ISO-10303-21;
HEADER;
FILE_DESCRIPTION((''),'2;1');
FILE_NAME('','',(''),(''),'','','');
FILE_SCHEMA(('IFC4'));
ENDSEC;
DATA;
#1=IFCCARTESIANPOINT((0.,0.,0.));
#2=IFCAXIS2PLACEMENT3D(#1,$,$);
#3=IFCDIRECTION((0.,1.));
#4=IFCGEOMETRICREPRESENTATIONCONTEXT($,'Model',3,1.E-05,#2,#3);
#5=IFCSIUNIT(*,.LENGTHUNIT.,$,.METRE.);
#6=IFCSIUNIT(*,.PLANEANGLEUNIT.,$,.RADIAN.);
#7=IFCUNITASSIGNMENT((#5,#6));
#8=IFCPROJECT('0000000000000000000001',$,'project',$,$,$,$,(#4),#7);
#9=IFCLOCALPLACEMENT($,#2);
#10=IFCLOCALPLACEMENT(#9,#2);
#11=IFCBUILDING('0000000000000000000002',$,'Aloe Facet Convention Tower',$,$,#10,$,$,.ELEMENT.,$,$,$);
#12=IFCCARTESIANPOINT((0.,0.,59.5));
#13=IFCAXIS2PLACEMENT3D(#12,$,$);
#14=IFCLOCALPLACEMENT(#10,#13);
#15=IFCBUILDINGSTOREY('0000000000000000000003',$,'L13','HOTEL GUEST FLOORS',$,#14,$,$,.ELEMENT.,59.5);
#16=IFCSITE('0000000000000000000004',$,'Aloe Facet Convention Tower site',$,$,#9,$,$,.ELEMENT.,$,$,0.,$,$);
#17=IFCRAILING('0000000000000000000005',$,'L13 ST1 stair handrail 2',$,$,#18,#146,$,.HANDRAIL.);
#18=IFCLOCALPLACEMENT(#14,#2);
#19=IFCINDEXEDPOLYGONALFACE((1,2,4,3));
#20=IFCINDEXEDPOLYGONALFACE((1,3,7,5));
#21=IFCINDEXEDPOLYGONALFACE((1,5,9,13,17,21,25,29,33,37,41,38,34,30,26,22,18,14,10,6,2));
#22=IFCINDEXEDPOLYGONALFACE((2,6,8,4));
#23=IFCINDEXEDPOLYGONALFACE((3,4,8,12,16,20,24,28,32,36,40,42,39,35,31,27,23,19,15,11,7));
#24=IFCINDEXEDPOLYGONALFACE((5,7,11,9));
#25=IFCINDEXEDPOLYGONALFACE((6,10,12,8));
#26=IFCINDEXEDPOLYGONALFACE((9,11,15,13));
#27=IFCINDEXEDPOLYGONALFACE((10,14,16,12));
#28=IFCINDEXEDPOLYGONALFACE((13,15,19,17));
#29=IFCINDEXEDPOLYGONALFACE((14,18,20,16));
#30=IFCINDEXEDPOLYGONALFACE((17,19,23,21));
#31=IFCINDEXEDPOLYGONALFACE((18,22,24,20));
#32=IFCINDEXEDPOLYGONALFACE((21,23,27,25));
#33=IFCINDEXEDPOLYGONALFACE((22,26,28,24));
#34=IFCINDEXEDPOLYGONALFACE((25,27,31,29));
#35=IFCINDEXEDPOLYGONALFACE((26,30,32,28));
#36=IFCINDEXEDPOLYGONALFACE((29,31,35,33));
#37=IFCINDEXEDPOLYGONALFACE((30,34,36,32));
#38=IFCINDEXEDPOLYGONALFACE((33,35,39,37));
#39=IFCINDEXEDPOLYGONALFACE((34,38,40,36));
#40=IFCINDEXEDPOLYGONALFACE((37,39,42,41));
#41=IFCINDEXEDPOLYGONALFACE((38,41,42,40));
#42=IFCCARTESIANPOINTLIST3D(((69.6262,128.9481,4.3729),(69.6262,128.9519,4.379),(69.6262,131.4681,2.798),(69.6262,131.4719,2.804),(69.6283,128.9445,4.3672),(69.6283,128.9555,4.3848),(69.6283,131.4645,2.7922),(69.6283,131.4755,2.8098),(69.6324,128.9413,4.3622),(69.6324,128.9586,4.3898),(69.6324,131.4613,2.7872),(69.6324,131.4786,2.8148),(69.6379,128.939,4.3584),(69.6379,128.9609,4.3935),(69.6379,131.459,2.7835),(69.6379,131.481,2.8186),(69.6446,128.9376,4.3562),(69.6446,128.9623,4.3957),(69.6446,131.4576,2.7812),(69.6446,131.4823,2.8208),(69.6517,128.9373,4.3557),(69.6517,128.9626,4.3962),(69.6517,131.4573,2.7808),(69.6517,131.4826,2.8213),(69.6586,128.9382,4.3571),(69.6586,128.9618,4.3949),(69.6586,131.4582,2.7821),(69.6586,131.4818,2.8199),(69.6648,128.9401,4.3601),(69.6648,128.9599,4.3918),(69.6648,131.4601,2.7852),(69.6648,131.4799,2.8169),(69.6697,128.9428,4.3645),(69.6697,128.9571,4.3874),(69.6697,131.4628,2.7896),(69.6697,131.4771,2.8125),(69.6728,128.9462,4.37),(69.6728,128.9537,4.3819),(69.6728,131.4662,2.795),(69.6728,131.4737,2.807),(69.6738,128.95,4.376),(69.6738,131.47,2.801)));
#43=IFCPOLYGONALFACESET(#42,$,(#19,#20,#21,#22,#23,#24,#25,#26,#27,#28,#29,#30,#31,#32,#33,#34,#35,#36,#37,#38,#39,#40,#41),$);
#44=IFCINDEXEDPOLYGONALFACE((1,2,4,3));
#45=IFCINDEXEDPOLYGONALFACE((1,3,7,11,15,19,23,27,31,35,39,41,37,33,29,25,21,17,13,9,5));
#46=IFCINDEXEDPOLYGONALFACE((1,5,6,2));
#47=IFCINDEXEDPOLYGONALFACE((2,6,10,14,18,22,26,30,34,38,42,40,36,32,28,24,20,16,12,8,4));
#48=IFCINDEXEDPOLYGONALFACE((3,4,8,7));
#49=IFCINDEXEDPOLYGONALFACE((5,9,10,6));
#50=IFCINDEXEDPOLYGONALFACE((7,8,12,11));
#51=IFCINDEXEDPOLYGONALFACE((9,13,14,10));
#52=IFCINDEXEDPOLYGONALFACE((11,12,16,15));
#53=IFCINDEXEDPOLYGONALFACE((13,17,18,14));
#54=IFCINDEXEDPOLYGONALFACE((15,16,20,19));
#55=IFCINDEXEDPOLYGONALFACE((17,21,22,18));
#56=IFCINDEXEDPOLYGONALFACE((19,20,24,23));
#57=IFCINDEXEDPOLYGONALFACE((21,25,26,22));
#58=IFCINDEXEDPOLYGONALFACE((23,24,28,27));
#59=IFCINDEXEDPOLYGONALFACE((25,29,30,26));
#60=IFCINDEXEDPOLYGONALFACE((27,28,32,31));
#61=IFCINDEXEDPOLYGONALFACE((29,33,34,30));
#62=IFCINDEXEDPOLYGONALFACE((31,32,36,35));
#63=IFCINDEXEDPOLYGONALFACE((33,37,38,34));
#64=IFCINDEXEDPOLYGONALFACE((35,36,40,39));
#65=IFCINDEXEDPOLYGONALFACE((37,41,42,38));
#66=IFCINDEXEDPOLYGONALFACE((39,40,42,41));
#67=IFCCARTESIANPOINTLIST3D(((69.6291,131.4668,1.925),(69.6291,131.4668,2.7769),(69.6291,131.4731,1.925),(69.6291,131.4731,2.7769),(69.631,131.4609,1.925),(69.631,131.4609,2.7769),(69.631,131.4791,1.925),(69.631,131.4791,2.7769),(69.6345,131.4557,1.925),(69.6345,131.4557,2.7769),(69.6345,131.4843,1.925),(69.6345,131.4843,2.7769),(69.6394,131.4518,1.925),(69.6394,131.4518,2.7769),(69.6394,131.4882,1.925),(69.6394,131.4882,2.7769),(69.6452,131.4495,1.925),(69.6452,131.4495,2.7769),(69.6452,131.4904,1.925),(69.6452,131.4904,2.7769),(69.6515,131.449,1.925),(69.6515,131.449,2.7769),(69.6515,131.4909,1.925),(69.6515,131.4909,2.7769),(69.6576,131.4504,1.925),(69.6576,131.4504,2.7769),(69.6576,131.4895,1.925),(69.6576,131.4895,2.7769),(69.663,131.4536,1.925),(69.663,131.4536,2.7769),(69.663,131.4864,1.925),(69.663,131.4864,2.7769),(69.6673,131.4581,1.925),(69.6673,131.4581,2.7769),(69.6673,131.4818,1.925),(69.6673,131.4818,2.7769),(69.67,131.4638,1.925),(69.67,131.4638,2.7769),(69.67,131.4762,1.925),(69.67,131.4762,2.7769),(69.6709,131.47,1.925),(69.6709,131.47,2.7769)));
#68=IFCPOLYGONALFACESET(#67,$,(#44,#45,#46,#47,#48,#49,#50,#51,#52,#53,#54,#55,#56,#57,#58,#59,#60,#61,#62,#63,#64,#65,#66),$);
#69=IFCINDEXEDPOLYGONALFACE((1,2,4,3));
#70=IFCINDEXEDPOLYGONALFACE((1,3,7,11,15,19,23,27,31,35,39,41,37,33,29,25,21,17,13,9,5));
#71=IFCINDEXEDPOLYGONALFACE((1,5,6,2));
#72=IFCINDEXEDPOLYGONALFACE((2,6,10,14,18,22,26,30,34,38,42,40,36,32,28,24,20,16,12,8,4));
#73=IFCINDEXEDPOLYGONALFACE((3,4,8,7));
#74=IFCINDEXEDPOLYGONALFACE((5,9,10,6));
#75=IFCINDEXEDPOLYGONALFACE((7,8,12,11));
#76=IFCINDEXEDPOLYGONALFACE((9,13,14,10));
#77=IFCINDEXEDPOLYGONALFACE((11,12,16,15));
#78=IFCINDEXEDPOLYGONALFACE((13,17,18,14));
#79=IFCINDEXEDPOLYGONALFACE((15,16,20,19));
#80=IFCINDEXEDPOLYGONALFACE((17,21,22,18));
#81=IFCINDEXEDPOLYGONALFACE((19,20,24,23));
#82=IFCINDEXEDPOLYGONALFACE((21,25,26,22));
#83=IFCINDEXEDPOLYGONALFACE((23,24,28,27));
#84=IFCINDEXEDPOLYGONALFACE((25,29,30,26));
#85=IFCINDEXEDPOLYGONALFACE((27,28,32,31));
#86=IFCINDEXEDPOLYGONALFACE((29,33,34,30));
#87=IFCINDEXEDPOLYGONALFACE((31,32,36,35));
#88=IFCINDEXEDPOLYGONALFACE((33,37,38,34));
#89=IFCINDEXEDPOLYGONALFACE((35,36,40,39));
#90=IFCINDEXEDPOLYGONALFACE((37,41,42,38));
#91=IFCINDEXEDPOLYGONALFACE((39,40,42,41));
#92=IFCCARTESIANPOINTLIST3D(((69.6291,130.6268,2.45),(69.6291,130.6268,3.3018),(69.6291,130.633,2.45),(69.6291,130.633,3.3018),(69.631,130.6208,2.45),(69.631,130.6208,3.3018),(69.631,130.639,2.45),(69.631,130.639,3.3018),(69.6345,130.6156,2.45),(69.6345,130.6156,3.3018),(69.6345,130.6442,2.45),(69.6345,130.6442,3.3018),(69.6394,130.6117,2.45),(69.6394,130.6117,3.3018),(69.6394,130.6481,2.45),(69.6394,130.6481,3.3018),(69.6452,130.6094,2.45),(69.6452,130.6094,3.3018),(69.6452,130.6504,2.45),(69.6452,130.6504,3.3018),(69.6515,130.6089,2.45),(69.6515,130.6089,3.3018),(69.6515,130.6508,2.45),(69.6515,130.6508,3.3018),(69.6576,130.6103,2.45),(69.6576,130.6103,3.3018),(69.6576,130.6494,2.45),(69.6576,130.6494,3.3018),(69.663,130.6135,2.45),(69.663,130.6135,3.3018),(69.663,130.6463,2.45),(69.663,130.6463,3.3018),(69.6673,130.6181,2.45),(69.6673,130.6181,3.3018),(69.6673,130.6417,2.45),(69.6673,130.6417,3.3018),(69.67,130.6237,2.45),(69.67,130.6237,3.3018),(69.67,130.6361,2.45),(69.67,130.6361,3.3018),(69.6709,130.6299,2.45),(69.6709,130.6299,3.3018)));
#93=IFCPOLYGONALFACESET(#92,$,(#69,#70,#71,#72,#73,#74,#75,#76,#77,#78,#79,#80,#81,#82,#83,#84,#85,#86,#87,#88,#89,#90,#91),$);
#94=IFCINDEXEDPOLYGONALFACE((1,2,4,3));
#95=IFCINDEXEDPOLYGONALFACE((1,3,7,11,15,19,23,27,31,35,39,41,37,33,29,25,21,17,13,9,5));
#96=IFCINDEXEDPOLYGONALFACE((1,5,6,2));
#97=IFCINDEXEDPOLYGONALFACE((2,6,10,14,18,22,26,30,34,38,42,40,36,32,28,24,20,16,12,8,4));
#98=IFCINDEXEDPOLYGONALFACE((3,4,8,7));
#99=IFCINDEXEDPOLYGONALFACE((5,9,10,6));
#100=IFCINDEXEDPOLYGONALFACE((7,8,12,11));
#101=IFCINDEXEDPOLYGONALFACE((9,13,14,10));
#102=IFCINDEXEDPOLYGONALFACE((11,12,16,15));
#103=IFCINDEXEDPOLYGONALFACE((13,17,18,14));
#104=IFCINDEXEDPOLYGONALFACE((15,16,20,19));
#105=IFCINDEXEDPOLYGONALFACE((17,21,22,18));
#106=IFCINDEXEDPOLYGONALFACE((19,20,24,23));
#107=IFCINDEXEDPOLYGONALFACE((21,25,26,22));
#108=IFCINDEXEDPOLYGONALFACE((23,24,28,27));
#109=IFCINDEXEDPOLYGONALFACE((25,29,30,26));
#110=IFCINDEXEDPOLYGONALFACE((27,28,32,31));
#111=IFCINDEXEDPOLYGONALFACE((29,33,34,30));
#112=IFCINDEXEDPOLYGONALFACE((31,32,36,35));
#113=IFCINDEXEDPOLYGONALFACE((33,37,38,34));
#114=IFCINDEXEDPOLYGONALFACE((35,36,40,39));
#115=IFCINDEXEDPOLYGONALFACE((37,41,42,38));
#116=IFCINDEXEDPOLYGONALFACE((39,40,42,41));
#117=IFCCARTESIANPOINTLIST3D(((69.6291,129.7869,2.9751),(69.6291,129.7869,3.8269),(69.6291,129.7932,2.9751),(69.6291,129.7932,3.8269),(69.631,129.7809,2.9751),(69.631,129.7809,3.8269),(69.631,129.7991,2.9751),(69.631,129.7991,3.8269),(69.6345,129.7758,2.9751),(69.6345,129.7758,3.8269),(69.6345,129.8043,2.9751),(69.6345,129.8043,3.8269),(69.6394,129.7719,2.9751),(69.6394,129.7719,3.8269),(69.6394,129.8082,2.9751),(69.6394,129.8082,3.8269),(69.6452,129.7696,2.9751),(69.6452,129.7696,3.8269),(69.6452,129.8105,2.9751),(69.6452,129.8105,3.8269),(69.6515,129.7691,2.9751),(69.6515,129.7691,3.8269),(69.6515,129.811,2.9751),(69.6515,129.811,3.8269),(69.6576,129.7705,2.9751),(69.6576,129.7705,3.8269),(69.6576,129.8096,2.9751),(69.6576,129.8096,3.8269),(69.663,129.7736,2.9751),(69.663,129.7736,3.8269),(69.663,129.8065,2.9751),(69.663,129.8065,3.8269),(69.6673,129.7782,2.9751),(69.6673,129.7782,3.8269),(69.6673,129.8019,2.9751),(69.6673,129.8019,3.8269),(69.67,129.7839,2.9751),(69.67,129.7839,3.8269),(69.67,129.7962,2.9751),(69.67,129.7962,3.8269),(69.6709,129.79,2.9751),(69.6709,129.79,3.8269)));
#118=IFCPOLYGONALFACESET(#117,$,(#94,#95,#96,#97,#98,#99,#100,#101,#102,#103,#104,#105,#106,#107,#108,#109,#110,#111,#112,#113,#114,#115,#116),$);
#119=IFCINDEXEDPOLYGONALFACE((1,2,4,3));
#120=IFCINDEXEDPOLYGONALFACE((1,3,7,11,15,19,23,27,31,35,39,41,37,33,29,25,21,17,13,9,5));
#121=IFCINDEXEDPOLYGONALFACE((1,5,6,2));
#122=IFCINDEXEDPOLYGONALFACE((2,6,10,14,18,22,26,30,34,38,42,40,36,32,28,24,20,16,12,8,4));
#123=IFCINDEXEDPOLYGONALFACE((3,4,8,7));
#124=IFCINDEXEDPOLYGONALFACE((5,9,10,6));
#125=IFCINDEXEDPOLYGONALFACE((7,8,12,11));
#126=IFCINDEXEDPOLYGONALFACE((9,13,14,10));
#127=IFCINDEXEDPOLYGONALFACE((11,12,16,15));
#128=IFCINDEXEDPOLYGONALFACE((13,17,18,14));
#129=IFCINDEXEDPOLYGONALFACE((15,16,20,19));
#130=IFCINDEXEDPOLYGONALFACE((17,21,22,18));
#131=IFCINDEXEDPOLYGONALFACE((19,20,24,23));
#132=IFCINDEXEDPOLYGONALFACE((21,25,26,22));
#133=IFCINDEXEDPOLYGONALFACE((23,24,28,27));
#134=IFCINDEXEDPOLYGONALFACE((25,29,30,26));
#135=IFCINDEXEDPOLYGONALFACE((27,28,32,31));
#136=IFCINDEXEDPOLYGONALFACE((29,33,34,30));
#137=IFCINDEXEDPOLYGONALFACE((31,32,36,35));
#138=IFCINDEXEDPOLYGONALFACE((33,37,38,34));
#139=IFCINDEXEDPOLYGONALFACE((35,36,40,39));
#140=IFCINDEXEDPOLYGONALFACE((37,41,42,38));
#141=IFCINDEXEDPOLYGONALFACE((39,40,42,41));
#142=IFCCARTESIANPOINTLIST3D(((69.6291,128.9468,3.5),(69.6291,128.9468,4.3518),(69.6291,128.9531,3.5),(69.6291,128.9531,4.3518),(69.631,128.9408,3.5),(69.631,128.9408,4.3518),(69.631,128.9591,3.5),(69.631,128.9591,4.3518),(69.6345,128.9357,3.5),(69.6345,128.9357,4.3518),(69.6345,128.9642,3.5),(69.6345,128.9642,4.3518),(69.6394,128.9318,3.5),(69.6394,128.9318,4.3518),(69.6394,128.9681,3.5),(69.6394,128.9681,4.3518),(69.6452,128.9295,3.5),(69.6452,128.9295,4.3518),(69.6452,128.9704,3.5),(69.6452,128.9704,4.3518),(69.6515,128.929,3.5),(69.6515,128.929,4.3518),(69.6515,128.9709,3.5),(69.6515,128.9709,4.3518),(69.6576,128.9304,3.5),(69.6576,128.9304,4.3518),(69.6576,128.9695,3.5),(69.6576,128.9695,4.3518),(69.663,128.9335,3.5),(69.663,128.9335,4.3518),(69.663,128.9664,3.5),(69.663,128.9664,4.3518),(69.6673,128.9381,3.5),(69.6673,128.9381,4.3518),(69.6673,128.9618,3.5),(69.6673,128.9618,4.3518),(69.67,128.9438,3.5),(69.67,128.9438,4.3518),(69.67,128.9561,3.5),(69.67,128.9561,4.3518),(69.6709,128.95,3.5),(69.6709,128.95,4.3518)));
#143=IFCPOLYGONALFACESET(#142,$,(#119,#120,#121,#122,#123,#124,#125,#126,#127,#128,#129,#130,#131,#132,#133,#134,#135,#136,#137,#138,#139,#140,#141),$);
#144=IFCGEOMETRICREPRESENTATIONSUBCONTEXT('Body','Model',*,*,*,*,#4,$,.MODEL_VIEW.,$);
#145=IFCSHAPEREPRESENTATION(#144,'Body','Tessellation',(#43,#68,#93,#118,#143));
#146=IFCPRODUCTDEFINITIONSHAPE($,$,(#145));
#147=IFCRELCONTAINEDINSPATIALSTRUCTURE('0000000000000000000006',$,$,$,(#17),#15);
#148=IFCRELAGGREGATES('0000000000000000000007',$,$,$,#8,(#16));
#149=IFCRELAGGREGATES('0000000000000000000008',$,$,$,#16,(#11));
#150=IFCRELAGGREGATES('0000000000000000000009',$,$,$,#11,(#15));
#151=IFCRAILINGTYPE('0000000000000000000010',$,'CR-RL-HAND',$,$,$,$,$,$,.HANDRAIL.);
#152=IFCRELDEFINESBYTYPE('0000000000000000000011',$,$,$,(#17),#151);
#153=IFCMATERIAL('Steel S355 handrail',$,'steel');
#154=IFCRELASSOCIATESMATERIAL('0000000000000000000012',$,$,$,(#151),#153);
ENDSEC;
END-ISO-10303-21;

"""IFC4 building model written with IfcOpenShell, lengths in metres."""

from ifc_helpers import new_model, si_unit, direction, frame, origin, origin_2d, place, context, subcontext, project, spatial, circle, extrude, material, type_object, element, save


model = new_model("IFC4")

# Units and contexts
model_context = context("Model", 3, precision=1e-05, world=origin(), true_north=direction((0.0, 1.0)))
body_context = subcontext(model_context, "Body", "Model", "MODEL_VIEW")
ifc_project = project(units=[si_unit("LENGTHUNIT", "METRE"), si_unit("PLANEANGLEUNIT", "RADIAN")], contexts=[model_context])

# Site, building, storey
site_placement = place(None, origin())
site = spatial("IfcSite", under=ifc_project, at=site_placement, Name="Aloe Facet Convention Tower site", CompositionType="ELEMENT", RefElevation=0.0)
building_placement = place(site_placement, origin())
building = spatial("IfcBuilding", under=site, at=building_placement, Name="Aloe Facet Convention Tower", CompositionType="ELEMENT")
storey_placement = place(building_placement, frame((0.0, 0.0, 59.5)))
storey = spatial("IfcBuildingStorey", under=building, at=storey_placement, Name="L13", Description="HOTEL GUEST FLOORS", CompositionType="ELEMENT", Elevation=59.5)

# Railing
ifc_material_1 = material(Name="Steel S355 handrail", Category="steel")
railing_type_1 = type_object("IfcRailingType", Name="CR-RL-HAND", PredefinedType="HANDRAIL", material=ifc_material_1)
railing_1_placement = place(storey_placement, frame((69.6499, 131.47, 1.925)))
element("IfcRailing", 1, at=railing_1_placement, inside=storey, type_object=railing_type_1, Name="L13 ST1 stair handrail 2", PredefinedType="HANDRAIL", context=body_context, shape_type="SweptSolid", body=[
    extrude(circle(Radius=0.0239, at=origin_2d()), frame((0.0, 0.0, 0.876), z_axis=(0.0, -0.848008, 0.529984), x_axis=(1.0, 0.0, 0.0)), (0.0, 0.0, 1.0), 2.9717),
    extrude(circle(Radius=0.021, at=origin_2d()), origin(), (0.0, 0.0, 1.0), 0.8518),
    extrude(circle(Radius=0.021, at=origin_2d()), frame((0.0, -0.8401, 0.5249)), (0.0, 0.0, 1.0), 0.8518),
    extrude(circle(Radius=0.021, at=origin_2d()), frame((0.0, -1.6799, 1.05)), (0.0, 0.0, 1.0), 0.8518),
    extrude(circle(Radius=0.021, at=origin_2d()), frame((0.0, -2.52, 1.575)), (0.0, 0.0, 1.0), 0.8518),
])

save(model, "model.ifc")
